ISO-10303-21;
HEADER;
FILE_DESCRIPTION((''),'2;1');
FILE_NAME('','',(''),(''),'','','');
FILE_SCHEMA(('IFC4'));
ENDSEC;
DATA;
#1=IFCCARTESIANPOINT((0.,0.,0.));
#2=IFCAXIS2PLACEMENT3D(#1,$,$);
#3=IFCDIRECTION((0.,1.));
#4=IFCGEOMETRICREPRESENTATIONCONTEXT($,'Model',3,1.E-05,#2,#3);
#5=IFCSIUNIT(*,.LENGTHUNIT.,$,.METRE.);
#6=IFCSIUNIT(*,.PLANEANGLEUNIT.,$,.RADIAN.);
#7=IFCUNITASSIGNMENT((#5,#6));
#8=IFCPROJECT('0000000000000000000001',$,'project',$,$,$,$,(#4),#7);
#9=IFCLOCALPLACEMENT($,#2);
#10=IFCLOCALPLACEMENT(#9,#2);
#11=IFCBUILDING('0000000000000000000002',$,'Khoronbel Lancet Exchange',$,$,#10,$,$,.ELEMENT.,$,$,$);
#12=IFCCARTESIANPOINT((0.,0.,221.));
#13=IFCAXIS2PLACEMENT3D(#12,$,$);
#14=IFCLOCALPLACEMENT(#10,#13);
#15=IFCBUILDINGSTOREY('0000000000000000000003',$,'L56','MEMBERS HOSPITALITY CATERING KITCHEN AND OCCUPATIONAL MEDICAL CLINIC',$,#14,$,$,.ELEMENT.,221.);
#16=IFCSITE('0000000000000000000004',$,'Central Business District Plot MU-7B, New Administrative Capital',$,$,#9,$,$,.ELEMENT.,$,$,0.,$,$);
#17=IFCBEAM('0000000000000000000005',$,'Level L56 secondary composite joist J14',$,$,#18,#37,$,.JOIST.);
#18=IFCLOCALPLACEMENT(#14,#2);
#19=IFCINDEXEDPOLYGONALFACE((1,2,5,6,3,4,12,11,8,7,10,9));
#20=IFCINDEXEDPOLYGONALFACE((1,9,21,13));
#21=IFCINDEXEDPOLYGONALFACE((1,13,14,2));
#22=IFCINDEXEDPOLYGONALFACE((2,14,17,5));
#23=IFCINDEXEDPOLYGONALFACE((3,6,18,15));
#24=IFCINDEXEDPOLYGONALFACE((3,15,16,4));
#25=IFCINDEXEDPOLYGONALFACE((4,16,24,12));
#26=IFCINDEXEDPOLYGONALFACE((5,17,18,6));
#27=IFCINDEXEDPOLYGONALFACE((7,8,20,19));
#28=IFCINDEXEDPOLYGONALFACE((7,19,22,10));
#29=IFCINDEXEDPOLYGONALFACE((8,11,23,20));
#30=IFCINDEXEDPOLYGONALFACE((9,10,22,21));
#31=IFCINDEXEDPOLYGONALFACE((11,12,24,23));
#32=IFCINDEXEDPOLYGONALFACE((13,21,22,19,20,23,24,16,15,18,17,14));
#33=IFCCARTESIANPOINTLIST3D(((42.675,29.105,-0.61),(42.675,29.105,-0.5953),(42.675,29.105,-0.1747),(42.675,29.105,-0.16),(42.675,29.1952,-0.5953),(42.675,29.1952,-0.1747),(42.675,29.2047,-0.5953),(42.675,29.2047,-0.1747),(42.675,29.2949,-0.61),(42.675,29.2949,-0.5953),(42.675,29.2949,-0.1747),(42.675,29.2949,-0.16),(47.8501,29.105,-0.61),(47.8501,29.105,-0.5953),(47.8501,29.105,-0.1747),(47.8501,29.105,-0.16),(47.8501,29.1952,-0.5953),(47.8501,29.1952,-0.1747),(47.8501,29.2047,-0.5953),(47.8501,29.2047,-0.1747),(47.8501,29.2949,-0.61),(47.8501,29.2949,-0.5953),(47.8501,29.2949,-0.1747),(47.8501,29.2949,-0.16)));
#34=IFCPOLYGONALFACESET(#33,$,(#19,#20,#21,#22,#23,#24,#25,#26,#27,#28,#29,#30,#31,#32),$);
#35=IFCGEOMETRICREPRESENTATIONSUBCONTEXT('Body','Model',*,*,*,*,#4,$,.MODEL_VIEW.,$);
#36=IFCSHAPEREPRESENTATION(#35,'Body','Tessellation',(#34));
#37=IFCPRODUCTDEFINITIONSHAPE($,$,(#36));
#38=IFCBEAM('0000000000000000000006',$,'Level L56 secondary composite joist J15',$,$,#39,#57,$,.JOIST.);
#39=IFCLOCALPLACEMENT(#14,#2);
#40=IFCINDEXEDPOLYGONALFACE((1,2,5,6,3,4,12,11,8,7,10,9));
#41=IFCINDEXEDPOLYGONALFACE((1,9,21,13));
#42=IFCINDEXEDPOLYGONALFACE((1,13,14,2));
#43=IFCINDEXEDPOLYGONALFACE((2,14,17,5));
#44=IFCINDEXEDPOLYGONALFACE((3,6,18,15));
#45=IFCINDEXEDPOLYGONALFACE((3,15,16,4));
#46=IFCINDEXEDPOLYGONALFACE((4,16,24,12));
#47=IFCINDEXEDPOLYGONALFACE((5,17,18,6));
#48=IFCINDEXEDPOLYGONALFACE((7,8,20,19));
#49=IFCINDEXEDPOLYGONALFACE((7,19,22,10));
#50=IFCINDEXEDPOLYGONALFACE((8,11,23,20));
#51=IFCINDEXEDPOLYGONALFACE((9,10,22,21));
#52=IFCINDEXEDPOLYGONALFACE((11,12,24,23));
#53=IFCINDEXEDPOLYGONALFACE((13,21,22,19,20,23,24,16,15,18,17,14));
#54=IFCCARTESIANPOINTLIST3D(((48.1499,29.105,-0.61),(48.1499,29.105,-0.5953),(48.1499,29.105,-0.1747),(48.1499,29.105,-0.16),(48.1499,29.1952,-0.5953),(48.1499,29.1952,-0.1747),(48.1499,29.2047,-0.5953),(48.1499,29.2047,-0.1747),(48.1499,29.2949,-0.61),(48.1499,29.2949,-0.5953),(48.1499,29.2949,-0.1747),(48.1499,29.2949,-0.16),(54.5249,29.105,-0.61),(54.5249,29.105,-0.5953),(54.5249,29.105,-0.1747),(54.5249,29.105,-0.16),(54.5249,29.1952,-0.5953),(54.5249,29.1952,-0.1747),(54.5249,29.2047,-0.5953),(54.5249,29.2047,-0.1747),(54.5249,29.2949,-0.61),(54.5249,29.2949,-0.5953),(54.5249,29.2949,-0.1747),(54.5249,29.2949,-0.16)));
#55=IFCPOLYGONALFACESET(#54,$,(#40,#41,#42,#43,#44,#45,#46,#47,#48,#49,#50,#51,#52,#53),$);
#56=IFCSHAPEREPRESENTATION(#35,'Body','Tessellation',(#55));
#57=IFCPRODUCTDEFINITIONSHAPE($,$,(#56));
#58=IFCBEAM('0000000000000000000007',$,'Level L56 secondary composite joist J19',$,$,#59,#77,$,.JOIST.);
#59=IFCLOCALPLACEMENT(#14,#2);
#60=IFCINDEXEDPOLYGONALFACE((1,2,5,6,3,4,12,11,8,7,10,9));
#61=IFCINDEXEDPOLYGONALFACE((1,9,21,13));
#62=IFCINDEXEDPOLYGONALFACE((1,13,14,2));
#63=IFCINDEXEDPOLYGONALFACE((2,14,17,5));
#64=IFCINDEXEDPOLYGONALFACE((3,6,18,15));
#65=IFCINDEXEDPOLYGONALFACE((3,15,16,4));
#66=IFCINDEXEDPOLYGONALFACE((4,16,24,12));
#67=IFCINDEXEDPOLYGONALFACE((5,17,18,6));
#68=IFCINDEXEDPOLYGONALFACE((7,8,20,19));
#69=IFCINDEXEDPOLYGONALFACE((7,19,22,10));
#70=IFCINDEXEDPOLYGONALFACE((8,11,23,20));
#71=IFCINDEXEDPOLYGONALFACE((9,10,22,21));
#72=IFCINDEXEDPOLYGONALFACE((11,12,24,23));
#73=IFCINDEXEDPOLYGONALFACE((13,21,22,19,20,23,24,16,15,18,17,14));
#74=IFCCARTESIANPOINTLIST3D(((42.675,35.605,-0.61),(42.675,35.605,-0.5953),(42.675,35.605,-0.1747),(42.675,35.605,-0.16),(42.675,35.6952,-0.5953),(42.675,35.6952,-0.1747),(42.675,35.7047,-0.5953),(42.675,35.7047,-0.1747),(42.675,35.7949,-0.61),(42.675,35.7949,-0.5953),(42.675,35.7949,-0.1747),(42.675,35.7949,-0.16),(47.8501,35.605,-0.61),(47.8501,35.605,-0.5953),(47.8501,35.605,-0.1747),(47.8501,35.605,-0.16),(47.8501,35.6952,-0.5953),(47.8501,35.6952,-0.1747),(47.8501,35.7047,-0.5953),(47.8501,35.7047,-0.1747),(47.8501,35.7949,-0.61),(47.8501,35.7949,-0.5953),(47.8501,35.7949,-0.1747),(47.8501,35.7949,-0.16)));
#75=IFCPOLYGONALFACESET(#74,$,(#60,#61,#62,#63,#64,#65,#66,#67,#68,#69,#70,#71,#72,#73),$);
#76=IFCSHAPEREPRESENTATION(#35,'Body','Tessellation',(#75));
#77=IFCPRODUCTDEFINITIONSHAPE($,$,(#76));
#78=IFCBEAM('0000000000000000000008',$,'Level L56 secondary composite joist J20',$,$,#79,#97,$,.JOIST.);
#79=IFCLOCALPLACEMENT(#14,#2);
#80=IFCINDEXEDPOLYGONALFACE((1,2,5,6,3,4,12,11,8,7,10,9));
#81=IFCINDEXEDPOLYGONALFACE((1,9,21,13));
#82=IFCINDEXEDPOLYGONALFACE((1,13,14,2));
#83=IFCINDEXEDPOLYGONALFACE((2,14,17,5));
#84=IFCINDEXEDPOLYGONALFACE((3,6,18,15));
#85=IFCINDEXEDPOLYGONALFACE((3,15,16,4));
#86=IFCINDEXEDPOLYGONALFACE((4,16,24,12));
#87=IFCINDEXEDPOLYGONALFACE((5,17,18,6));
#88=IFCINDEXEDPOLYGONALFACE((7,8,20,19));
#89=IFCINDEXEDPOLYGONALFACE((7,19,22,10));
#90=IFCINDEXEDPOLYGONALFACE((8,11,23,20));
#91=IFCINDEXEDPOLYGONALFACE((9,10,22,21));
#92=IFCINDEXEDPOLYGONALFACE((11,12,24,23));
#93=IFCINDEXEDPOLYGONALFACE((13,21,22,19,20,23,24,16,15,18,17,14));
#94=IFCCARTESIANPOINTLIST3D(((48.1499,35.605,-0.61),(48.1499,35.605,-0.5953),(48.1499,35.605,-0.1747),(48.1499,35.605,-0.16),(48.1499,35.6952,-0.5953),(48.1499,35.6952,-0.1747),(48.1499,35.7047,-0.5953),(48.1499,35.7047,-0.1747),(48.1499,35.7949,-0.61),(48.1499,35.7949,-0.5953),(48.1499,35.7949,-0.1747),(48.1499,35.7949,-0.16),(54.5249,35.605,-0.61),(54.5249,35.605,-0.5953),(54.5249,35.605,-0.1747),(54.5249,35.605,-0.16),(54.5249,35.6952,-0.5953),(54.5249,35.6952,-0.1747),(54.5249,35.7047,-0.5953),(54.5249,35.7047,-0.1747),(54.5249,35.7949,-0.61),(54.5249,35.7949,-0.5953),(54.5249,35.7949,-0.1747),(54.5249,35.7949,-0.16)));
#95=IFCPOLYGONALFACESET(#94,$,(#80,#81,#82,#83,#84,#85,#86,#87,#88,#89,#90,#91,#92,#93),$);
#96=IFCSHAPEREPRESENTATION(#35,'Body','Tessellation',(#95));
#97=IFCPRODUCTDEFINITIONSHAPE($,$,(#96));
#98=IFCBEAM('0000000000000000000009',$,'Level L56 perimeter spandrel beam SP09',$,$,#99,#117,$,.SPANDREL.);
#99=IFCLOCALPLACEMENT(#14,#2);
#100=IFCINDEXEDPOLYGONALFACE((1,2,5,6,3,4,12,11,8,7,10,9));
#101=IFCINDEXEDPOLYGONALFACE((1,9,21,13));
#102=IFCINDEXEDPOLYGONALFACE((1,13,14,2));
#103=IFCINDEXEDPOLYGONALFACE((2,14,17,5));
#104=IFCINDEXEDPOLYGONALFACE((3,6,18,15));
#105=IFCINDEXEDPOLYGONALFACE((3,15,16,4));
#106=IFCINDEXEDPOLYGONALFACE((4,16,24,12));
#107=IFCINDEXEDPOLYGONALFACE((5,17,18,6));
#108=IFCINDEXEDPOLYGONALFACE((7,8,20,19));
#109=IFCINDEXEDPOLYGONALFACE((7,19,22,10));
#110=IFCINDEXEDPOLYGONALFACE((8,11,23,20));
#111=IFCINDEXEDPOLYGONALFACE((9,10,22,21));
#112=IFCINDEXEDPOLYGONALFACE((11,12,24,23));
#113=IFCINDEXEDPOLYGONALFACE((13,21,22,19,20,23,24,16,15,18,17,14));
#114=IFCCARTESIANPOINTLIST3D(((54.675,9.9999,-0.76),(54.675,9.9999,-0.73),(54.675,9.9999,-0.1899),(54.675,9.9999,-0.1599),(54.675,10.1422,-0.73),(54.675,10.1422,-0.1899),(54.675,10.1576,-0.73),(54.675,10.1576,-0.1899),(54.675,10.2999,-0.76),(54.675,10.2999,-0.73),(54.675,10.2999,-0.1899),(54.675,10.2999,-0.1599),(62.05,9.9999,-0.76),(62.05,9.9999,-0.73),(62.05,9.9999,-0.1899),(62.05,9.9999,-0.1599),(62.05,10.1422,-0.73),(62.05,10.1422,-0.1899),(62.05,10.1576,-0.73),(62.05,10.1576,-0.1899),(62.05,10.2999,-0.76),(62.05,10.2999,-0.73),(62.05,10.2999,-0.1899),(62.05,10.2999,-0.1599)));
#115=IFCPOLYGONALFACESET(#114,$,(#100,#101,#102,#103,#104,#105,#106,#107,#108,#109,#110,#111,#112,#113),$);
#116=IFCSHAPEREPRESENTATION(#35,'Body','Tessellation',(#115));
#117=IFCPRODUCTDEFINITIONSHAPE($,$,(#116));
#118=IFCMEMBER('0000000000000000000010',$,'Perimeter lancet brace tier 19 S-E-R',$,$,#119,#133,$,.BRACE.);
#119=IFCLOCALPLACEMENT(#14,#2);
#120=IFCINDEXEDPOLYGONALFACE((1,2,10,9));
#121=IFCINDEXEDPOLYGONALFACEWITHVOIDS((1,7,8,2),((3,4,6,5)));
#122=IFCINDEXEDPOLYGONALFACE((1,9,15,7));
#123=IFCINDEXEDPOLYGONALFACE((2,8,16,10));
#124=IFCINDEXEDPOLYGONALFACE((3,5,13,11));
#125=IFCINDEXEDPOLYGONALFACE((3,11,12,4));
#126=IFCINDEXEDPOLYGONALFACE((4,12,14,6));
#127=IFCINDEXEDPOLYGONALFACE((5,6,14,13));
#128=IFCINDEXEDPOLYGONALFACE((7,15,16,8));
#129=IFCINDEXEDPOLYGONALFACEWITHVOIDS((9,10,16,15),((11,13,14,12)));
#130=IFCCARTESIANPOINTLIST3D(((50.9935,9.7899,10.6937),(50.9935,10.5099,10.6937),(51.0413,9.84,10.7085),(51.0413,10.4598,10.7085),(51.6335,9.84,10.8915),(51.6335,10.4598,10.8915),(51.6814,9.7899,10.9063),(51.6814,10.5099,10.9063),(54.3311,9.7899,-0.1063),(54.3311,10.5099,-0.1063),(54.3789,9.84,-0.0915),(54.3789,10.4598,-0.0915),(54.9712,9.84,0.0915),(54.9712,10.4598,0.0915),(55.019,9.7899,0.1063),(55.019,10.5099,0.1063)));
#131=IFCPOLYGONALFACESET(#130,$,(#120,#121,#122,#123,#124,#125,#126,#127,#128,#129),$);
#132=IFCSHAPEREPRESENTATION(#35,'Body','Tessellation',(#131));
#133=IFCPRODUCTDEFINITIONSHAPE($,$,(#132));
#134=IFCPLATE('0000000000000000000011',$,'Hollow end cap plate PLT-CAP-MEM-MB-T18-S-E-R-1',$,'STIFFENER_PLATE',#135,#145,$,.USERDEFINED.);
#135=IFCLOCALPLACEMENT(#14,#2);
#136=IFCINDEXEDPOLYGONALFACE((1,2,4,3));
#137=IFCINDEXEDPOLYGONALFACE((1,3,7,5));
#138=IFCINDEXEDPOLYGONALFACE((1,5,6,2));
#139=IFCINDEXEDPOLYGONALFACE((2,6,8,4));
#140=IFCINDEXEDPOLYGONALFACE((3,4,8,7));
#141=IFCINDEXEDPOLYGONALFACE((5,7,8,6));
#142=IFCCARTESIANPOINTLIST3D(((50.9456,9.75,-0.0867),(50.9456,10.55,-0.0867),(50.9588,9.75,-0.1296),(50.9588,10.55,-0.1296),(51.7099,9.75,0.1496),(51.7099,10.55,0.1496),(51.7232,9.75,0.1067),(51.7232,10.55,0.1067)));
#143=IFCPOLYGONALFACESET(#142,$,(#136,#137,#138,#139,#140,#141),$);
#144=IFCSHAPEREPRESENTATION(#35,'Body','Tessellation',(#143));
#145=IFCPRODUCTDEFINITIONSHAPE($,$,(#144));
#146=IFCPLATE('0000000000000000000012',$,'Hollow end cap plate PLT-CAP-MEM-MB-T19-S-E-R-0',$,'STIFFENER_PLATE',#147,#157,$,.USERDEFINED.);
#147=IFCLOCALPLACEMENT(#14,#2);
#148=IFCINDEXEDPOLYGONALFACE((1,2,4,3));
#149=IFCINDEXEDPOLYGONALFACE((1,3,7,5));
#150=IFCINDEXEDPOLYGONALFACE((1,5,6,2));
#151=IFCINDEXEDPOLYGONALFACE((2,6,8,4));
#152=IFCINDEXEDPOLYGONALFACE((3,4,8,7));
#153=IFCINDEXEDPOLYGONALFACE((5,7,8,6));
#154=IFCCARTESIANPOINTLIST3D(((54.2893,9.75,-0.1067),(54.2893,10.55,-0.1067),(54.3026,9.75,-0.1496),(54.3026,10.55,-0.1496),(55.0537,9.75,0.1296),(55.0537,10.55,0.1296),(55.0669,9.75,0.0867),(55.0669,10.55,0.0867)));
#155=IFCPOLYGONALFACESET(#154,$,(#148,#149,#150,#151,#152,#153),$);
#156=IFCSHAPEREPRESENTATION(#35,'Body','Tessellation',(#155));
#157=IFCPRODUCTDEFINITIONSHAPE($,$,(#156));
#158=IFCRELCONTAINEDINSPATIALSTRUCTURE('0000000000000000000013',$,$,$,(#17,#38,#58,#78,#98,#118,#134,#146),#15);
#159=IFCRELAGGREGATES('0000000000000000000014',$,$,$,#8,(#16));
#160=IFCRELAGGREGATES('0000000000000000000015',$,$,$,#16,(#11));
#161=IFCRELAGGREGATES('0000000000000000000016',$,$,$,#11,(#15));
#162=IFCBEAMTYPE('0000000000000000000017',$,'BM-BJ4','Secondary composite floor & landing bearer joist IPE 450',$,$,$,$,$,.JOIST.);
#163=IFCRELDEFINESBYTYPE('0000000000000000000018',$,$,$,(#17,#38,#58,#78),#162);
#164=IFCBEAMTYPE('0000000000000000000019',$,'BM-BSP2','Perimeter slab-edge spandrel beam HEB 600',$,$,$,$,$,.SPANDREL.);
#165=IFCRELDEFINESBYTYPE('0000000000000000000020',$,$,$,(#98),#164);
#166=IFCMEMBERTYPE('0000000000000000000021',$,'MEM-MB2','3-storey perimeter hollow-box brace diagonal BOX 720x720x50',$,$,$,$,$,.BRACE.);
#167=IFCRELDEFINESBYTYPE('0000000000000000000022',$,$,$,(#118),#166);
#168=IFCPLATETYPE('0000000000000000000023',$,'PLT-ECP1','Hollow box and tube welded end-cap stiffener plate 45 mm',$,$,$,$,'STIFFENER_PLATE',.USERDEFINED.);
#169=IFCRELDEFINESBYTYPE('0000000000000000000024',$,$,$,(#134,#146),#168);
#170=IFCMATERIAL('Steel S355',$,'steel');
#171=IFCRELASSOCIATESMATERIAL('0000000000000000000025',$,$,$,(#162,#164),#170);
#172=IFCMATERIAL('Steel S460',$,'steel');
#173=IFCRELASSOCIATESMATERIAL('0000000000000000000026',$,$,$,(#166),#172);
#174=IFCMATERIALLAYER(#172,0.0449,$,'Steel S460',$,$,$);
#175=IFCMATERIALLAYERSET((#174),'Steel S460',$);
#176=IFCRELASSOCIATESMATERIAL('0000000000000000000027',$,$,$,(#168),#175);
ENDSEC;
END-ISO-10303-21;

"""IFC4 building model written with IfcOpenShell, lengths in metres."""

from ifc_helpers import new_model, si_unit, direction, frame, origin, origin_2d, place, context, subcontext, project, spatial, polyline, hollow_rectangle, i_section, outline, extrude, material, layer, layer_set, material_profile, profile_set, type_object, element, save


model = new_model("IFC4")

# Units and contexts
model_context = context("Model", 3, precision=1e-05, world=origin(), true_north=direction((0.0, 1.0)))
body_context = subcontext(model_context, "Body", "Model", "MODEL_VIEW")
ifc_project = project(units=[si_unit("LENGTHUNIT", "METRE"), si_unit("PLANEANGLEUNIT", "RADIAN")], contexts=[model_context])

# Site, building, storey
site_placement = place(None, origin())
site = spatial("IfcSite", under=ifc_project, at=site_placement, Name="Central Business District Plot MU-7B, New Administrative Capital", CompositionType="ELEMENT", RefElevation=0.0)
building_placement = place(site_placement, origin())
building = spatial("IfcBuilding", under=site, at=building_placement, Name="Khoronbel Lancet Exchange", CompositionType="ELEMENT")
storey_placement = place(building_placement, frame((0.0, 0.0, 221.0)))
storey = spatial("IfcBuildingStorey", under=building, at=storey_placement, Name="L56", Description="MEMBERS HOSPITALITY CATERING KITCHEN AND OCCUPATIONAL MEDICAL CLINIC", CompositionType="ELEMENT", Elevation=221.0)

# Shared definitions
ifc_material_1 = material(Name="Steel S355", Category="steel")

# Beams
ifc_material_profile_1 = material_profile(ifc_material_1, i_section(OverallWidth=0.1899, OverallDepth=0.45, WebThickness=0.0095, FlangeThickness=0.0146, at=origin_2d()), Name="IPE 450")
ifc_profile_set_1 = profile_set([ifc_material_profile_1], Name="Steel S355")
beam_type_1 = type_object("IfcBeamType", Name="BM-BJ4", Description="Secondary composite floor & landing bearer joist IPE 450", PredefinedType="JOIST", material=ifc_profile_set_1)
beam_1_placement = place(storey_placement, frame((42.675, 29.2, -0.385), z_axis=(1.0, 0.0, 0.0), x_axis=(0.0, 1.0, 0.0)))
element("IfcBeam", 1, at=beam_1_placement, inside=storey, type_object=beam_type_1, Name="Level L56 secondary composite joist J14", PredefinedType="JOIST", context=body_context, shape_type="SweptSolid", body=[
    extrude(i_section(OverallWidth=0.1899, OverallDepth=0.45, WebThickness=0.0095, FlangeThickness=0.0146, at=origin_2d()), origin(), (0.0, 0.0, 1.0), 5.175),
])
beam_2_placement = place(storey_placement, frame((48.1499, 29.2, -0.385), z_axis=(1.0, 0.0, 0.0), x_axis=(0.0, 1.0, 0.0)))
element("IfcBeam", 2, at=beam_2_placement, inside=storey, type_object=beam_type_1, Name="Level L56 secondary composite joist J15", PredefinedType="JOIST", context=body_context, shape_type="SweptSolid", body=[
    extrude(i_section(OverallWidth=0.1899, OverallDepth=0.45, WebThickness=0.0095, FlangeThickness=0.0146, at=origin_2d()), origin(), (0.0, 0.0, 1.0), 6.375),
])
beam_3_placement = place(storey_placement, frame((42.675, 35.7, -0.385), z_axis=(1.0, 0.0, 0.0), x_axis=(0.0, 1.0, 0.0)))
element("IfcBeam", 3, at=beam_3_placement, inside=storey, type_object=beam_type_1, Name="Level L56 secondary composite joist J19", PredefinedType="JOIST", context=body_context, shape_type="SweptSolid", body=[
    extrude(i_section(OverallWidth=0.1899, OverallDepth=0.45, WebThickness=0.0095, FlangeThickness=0.0146, at=origin_2d()), origin(), (0.0, 0.0, 1.0), 5.175),
])
beam_4_placement = place(storey_placement, frame((48.1499, 35.7, -0.385), z_axis=(1.0, 0.0, 0.0), x_axis=(0.0, 1.0, 0.0)))
element("IfcBeam", 4, at=beam_4_placement, inside=storey, type_object=beam_type_1, Name="Level L56 secondary composite joist J20", PredefinedType="JOIST", context=body_context, shape_type="SweptSolid", body=[
    extrude(i_section(OverallWidth=0.1899, OverallDepth=0.45, WebThickness=0.0095, FlangeThickness=0.0146, at=origin_2d()), origin(), (0.0, 0.0, 1.0), 6.375),
])
ifc_material_profile_2 = material_profile(ifc_material_1, i_section(OverallWidth=0.3, OverallDepth=0.6001, WebThickness=0.0154, FlangeThickness=0.03, at=origin_2d()), Name="HEB 600")
ifc_profile_set_2 = profile_set([ifc_material_profile_2], Name="Steel S355")
beam_type_2 = type_object("IfcBeamType", Name="BM-BSP2", Description="Perimeter slab-edge spandrel beam HEB 600", PredefinedType="SPANDREL", material=ifc_profile_set_2)
beam_5_placement = place(storey_placement, frame((54.675, 10.1499, -0.46), z_axis=(1.0, 0.0, 0.0), x_axis=(0.0, 1.0, 0.0)))
element("IfcBeam", 5, at=beam_5_placement, inside=storey, type_object=beam_type_2, Name="Level L56 perimeter spandrel beam SP09", PredefinedType="SPANDREL", context=body_context, shape_type="SweptSolid", body=[
    extrude(i_section(OverallWidth=0.3, OverallDepth=0.6001, WebThickness=0.0154, FlangeThickness=0.03, at=origin_2d()), origin(), (0.0, 0.0, 1.0), 7.375),
])

# Member
ifc_material_2 = material(Name="Steel S460", Category="steel")
ifc_material_profile_3 = material_profile(ifc_material_2, hollow_rectangle(XDim=0.72, YDim=0.72, WallThickness=0.05, at=origin_2d()), Name="BOX 720x720x50")
ifc_profile_set_3 = profile_set([ifc_material_profile_3], Name="Steel S460")
member_type = type_object("IfcMemberType", Name="MEM-MB2", Description="3-storey perimeter hollow-box brace diagonal BOX 720x720x50", PredefinedType="BRACE", material=ifc_profile_set_3)
member_placement = place(storey_placement, frame((54.675, 10.1499, 0.0), z_axis=(-0.295262, 0.0, 0.955416), x_axis=(0.0, -1.0, 0.0)))
element("IfcMember", 6, at=member_placement, inside=storey, type_object=member_type, Name="Perimeter lancet brace tier 19 S-E-R", PredefinedType="BRACE", context=body_context, shape_type="SweptSolid", body=[
    extrude(hollow_rectangle(XDim=0.72, YDim=0.72, WallThickness=0.05, at=origin_2d()), origin(), (0.0, 0.0, 1.0), 11.304),
])

# Plates
ifc_layer_1 = layer(ifc_material_2, 0.0449, Name="Steel S460")
ifc_layer_set_1 = layer_set([ifc_layer_1], Name="Steel S460")
plate_type = type_object("IfcPlateType", Name="PLT-ECP1", Description="Hollow box and tube welded end-cap stiffener plate 45 mm", ElementType="STIFFENER_PLATE", PredefinedType="USERDEFINED", material=ifc_layer_set_1)
for number, where, z_axis, x_axis, name in (
    (7, (50.9456, 10.55, -0.0867), (-0.295372, 0.0, 0.955382), (0.0, -1.0, 0.0), "Hollow end cap plate PLT-CAP-MEM-MB-T18-S-E-R-1"),
    (8, (54.2893, 10.55, -0.1067), (-0.295372, 0.0, 0.955382), (0.0, -1.0, 0.0), "Hollow end cap plate PLT-CAP-MEM-MB-T19-S-E-R-0"),
):
    element("IfcPlate", number, at=place(storey_placement, frame(where, z_axis=z_axis, x_axis=x_axis)), inside=storey, type_object=plate_type, Name=name, ObjectType="STIFFENER_PLATE", PredefinedType="USERDEFINED", context=body_context, shape_type="SweptSolid", body=[
        extrude(outline(polyline([(0.0, 0.0), (0.8, 0.0), (0.8, 0.8), (0.0, 0.8), (0.0, 0.0)])), origin(), (0.0, 0.0, -1.0), 0.0449),
    ])

save(model, "model.ifc")
